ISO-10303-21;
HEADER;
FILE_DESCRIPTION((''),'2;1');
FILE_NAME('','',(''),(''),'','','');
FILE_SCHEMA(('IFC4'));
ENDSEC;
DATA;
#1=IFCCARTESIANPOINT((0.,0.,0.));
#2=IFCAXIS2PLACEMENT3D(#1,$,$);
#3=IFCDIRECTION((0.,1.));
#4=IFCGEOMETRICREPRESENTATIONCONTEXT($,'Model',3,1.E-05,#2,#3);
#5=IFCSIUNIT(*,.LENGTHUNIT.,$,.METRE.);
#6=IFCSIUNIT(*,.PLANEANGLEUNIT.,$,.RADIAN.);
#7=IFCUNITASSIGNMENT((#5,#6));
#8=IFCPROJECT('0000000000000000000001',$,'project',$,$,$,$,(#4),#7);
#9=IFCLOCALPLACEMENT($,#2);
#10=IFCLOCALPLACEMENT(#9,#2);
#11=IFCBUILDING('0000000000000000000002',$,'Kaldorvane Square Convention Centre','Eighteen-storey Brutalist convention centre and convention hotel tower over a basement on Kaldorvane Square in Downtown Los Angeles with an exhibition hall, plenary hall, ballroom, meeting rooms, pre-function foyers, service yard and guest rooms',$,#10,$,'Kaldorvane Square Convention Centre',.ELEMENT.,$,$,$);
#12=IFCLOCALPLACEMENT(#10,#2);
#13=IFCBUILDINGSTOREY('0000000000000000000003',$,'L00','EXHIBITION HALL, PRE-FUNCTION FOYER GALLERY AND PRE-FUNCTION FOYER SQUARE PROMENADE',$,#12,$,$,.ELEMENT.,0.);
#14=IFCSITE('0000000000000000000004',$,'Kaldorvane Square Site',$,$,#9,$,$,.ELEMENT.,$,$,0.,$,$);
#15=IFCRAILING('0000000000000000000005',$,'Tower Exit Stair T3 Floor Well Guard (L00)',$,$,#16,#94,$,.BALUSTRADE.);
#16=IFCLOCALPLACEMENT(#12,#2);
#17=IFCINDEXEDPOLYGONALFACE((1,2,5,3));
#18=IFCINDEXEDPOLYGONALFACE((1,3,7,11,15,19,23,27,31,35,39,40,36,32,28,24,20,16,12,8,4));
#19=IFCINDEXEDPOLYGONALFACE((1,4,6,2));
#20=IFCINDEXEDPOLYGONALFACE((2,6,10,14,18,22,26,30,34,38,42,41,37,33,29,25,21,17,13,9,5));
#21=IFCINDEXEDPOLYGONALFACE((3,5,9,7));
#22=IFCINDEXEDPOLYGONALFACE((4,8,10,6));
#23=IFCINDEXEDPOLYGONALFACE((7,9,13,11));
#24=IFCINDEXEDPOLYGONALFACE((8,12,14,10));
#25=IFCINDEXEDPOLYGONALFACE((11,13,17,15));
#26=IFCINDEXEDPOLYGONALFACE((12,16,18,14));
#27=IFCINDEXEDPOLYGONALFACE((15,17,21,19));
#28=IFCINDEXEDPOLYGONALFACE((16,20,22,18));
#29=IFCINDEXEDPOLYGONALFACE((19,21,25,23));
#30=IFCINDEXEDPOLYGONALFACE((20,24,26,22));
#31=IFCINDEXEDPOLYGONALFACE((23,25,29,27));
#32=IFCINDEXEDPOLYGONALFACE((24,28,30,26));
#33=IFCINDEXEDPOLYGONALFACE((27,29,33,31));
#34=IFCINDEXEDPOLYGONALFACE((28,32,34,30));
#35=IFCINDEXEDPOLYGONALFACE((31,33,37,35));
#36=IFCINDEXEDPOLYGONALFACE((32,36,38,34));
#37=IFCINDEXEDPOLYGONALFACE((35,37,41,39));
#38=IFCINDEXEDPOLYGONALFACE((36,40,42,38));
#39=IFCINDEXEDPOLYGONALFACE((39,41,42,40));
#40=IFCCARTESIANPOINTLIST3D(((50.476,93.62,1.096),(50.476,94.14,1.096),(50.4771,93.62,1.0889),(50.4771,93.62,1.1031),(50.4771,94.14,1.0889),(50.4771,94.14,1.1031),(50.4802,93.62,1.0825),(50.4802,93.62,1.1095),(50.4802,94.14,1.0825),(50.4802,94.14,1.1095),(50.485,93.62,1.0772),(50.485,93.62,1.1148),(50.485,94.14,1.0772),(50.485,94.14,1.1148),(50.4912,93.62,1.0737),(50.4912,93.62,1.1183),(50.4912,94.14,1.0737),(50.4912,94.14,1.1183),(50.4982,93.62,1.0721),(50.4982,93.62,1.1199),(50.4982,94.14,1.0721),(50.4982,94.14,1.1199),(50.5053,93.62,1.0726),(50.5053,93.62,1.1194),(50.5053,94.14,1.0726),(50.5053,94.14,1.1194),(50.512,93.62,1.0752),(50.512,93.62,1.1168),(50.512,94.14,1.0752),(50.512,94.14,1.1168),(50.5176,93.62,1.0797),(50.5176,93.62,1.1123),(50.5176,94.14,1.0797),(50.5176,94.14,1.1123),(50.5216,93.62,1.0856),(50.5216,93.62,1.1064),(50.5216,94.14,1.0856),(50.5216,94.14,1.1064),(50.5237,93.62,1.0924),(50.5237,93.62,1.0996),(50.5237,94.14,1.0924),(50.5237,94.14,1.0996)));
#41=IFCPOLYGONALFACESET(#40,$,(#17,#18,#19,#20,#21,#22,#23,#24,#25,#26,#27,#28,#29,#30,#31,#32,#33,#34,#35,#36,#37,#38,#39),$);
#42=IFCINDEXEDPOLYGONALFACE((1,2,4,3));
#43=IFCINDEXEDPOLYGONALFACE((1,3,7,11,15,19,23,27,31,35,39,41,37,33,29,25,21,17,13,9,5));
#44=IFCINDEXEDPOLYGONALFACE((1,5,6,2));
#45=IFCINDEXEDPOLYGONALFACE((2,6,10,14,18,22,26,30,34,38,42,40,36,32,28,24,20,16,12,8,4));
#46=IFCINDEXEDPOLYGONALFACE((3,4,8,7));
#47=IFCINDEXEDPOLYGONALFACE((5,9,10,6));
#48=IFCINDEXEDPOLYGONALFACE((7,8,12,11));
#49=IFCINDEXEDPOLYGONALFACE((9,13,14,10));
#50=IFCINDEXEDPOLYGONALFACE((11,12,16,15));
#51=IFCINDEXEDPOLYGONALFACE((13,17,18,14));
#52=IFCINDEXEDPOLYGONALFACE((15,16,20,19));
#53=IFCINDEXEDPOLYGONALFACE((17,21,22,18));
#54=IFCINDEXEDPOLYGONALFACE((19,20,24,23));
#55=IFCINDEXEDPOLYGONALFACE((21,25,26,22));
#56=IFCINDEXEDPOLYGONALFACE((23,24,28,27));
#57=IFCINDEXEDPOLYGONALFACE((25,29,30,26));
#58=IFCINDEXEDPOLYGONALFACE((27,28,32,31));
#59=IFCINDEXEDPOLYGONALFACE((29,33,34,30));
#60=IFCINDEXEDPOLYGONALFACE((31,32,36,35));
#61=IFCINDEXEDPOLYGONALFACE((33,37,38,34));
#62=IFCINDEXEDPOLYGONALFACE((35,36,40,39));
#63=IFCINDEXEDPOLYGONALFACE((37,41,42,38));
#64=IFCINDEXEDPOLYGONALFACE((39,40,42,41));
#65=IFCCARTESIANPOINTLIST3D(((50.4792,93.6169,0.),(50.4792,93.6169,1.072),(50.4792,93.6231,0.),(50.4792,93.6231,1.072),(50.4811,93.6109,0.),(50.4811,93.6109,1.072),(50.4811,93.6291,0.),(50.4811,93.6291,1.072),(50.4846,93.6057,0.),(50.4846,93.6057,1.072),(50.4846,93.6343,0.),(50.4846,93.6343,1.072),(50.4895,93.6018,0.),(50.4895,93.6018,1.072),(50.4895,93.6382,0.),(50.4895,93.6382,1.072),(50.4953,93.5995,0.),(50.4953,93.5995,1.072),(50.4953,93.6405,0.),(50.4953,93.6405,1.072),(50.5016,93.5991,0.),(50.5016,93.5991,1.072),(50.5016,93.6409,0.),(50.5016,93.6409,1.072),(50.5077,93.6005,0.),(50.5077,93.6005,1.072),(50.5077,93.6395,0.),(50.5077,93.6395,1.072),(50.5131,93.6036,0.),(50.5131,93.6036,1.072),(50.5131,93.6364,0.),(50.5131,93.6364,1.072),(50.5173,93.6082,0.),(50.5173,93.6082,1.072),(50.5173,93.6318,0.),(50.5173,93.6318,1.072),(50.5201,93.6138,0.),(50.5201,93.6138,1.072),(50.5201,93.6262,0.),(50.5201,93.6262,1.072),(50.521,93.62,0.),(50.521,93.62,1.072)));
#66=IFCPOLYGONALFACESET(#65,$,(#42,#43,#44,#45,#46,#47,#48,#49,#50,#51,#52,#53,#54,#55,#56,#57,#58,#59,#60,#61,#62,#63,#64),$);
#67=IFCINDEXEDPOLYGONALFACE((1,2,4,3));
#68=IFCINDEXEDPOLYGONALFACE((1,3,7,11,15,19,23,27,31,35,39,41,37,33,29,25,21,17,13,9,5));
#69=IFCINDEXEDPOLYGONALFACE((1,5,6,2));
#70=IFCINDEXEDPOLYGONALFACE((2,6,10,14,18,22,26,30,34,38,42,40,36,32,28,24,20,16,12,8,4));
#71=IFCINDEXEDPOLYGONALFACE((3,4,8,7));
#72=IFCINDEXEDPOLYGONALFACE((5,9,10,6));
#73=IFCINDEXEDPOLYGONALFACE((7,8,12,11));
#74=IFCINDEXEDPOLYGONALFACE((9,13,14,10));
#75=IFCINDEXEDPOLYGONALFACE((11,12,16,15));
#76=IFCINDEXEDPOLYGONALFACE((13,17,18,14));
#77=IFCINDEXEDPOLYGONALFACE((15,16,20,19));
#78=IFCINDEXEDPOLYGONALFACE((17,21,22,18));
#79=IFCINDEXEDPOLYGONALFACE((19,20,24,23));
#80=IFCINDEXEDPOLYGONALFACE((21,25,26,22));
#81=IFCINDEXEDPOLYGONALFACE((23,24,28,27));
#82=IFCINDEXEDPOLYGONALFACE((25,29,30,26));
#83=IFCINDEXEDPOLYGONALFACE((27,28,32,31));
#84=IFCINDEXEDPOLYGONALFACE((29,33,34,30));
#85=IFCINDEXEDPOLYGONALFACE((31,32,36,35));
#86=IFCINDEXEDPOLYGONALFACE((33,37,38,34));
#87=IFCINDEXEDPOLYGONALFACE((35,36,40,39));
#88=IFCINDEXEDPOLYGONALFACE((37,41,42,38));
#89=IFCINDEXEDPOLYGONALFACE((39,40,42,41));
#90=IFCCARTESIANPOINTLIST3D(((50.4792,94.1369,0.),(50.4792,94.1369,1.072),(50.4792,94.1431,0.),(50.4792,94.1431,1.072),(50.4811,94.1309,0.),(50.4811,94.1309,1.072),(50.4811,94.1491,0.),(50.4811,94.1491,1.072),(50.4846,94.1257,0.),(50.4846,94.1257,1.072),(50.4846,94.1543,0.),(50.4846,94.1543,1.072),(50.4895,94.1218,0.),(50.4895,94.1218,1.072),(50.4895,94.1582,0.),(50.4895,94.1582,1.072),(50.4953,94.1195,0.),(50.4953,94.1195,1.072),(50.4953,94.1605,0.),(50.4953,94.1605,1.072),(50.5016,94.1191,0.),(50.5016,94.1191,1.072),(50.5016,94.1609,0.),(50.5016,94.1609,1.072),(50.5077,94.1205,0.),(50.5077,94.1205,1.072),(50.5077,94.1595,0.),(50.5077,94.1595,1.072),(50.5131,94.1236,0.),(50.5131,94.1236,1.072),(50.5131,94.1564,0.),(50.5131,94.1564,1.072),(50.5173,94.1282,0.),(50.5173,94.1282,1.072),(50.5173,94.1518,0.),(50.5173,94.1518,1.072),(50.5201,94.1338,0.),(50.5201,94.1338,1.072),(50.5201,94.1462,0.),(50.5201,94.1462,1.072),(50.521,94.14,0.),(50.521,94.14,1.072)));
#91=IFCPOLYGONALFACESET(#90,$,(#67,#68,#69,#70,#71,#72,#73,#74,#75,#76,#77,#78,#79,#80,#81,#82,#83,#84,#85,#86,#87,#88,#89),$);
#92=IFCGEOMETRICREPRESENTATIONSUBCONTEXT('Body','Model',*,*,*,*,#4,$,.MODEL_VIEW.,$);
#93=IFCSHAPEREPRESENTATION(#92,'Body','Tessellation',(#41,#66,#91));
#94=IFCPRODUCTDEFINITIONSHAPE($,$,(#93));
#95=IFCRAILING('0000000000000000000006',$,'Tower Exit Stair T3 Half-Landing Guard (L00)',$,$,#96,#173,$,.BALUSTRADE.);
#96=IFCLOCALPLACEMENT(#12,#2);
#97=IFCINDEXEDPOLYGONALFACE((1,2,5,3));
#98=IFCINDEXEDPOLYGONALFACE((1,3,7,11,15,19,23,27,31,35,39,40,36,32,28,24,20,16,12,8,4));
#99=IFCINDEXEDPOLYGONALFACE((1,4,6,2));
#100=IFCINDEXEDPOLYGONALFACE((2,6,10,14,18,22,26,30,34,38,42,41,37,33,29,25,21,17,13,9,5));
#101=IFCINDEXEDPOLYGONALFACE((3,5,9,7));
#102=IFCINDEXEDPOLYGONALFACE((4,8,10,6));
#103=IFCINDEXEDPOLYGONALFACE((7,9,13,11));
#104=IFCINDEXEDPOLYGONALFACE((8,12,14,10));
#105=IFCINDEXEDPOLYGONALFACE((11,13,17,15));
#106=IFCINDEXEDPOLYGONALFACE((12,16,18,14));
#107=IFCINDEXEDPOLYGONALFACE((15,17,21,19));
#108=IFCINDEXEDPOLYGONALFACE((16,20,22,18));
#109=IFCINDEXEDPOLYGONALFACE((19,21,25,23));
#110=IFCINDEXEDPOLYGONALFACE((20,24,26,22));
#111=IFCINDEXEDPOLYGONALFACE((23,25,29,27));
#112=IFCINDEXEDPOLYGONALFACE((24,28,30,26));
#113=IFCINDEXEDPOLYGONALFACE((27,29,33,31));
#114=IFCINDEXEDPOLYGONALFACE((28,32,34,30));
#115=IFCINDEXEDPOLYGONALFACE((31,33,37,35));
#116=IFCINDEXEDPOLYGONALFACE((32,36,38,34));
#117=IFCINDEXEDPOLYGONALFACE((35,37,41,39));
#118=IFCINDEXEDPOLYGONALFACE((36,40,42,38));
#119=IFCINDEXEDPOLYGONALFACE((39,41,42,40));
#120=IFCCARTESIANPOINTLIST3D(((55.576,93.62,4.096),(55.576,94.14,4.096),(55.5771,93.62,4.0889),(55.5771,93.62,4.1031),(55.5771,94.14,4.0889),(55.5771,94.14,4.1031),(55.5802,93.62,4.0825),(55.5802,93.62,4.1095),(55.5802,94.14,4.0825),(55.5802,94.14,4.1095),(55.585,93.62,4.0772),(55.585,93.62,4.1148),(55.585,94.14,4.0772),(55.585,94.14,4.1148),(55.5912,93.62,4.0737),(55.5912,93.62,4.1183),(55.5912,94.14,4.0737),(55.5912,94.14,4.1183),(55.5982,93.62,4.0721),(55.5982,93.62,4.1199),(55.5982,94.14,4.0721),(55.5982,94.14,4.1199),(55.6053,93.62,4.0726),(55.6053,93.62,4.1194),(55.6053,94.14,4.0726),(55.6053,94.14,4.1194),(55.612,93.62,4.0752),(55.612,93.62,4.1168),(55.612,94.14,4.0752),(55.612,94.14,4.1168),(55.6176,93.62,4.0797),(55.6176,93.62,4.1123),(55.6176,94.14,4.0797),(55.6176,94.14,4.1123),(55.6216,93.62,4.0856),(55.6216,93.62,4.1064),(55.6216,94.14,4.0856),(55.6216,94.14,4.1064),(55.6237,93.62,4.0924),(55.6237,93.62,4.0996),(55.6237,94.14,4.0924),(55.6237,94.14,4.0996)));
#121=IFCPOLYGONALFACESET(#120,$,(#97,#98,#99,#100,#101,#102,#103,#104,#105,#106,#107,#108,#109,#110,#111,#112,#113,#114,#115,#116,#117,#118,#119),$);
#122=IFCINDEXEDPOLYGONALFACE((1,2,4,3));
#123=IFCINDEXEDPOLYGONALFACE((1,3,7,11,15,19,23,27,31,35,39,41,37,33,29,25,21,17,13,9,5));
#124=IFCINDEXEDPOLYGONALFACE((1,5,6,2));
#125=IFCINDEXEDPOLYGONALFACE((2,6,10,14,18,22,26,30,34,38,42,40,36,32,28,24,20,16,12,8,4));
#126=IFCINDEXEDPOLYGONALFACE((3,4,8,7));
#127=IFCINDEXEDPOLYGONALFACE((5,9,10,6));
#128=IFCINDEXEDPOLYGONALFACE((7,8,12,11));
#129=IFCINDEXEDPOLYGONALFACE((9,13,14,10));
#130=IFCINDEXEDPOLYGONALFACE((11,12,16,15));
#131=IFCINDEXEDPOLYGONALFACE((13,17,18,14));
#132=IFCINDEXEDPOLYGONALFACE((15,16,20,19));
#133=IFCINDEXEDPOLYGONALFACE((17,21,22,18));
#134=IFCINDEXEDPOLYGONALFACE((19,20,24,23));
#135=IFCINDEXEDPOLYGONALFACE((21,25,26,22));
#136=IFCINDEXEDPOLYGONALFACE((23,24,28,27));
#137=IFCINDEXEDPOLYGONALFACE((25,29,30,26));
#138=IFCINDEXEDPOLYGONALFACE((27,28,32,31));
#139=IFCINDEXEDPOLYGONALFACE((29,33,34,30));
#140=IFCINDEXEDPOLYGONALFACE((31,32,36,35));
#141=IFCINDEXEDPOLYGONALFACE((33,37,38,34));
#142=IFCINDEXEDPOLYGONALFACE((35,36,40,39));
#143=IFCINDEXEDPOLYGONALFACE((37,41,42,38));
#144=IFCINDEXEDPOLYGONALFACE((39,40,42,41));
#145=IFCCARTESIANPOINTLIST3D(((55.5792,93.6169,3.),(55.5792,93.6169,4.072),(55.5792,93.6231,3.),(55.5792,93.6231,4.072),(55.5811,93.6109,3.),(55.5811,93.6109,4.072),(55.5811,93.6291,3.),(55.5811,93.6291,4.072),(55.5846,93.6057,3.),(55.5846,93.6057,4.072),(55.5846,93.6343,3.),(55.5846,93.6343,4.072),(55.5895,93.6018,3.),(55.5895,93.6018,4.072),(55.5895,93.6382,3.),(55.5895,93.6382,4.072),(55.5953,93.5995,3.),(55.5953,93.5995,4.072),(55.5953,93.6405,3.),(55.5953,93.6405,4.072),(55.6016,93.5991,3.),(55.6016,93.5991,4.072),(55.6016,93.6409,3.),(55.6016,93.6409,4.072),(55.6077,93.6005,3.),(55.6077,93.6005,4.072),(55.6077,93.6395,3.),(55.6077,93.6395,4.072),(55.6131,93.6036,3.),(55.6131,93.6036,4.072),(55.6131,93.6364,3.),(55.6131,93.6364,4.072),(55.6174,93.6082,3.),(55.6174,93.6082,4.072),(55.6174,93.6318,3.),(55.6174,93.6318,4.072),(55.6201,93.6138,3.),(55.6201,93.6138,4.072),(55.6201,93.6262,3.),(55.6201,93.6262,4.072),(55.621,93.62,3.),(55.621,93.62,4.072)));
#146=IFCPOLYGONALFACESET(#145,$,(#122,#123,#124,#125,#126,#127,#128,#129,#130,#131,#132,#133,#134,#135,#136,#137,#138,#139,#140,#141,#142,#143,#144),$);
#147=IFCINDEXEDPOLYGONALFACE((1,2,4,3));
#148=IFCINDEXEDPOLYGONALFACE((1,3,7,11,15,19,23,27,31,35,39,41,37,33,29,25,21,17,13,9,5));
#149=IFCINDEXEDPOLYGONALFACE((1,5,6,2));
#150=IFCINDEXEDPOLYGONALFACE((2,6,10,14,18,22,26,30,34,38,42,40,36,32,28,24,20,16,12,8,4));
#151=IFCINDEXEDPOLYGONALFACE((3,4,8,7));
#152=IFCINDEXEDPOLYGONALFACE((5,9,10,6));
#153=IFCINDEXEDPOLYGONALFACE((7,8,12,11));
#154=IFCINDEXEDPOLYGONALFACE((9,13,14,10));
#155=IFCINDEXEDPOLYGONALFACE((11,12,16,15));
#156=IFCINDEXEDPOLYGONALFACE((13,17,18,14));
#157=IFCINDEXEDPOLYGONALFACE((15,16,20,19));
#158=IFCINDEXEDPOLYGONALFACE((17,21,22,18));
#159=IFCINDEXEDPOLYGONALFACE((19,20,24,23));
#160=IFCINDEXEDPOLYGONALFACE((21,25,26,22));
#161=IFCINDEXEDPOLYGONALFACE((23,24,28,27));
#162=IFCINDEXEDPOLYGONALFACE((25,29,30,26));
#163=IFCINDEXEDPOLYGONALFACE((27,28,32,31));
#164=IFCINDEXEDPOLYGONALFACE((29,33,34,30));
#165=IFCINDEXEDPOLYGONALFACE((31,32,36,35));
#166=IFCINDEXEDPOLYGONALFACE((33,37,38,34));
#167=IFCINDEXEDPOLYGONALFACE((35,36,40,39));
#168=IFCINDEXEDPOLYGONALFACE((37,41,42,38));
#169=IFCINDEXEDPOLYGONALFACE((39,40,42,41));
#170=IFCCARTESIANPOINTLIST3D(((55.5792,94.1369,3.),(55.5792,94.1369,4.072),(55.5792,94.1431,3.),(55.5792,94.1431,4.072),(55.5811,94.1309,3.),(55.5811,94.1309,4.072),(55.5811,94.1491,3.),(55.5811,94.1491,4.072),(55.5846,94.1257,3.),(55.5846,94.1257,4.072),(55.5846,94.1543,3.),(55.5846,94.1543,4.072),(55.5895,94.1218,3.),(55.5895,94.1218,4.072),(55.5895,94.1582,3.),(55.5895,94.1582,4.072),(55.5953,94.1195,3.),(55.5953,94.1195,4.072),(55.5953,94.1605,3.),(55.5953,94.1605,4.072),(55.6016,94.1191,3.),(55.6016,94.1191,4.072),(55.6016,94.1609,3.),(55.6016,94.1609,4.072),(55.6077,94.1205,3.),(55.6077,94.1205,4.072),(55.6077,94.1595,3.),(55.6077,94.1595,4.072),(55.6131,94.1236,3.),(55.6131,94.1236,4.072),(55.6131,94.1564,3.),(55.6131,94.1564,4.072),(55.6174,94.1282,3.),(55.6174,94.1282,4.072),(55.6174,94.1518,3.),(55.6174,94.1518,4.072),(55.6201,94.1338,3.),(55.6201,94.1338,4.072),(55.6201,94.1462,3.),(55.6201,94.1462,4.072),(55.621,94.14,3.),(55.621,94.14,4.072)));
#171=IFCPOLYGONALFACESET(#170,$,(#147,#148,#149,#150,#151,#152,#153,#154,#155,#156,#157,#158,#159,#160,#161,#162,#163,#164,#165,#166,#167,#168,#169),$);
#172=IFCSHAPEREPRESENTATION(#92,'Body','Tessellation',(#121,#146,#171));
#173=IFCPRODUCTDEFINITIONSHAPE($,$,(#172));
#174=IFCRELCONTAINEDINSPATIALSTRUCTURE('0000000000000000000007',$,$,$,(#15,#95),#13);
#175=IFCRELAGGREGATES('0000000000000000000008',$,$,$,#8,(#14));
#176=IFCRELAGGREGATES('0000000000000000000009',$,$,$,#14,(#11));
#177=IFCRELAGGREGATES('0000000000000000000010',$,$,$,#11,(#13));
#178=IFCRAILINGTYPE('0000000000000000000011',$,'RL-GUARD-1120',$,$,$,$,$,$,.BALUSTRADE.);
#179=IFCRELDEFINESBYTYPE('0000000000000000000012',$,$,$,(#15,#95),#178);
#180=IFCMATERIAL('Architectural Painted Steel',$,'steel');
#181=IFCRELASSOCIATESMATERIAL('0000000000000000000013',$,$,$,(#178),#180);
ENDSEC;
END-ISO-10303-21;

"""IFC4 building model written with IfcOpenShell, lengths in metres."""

from ifc_helpers import new_model, si_unit, direction, frame, origin, origin_2d, place, context, subcontext, project, spatial, circle, extrude, material, type_object, element, save


model = new_model("IFC4")

# Units and contexts
model_context = context("Model", 3, precision=1e-05, world=origin(), true_north=direction((0.0, 1.0)))
body_context = subcontext(model_context, "Body", "Model", "MODEL_VIEW")
ifc_project = project(units=[si_unit("LENGTHUNIT", "METRE"), si_unit("PLANEANGLEUNIT", "RADIAN")], contexts=[model_context])

# Site, building, storey
site_placement = place(None, origin())
site = spatial("IfcSite", under=ifc_project, at=site_placement, Name="Kaldorvane Square Site", CompositionType="ELEMENT", RefElevation=0.0)
building_placement = place(site_placement, origin())
building = spatial("IfcBuilding", under=site, at=building_placement, Name="Kaldorvane Square Convention Centre", Description="Eighteen-storey Brutalist convention centre and convention hotel tower over a basement on Kaldorvane Square in Downtown Los Angeles with an exhibition hall, plenary hall, ballroom, meeting rooms, pre-function foyers, service yard and guest rooms", LongName="Kaldorvane Square Convention Centre", CompositionType="ELEMENT")
storey_placement = place(building_placement, origin())
storey = spatial("IfcBuildingStorey", under=building, at=storey_placement, Name="L00", Description="EXHIBITION HALL, PRE-FUNCTION FOYER GALLERY AND PRE-FUNCTION FOYER SQUARE PROMENADE", CompositionType="ELEMENT", Elevation=0.0)

# Railings
ifc_material_1 = material(Name="Architectural Painted Steel", Category="steel")
railing_type_1 = type_object("IfcRailingType", Name="RL-GUARD-1120", PredefinedType="BALUSTRADE", material=ifc_material_1)
for number, where, name in (
    (1, (50.5, 93.62, 0.0), "Tower Exit Stair T3 Floor Well Guard (L00)"),
    (2, (55.6, 93.62, 3.0), "Tower Exit Stair T3 Half-Landing Guard (L00)"),
):
    element("IfcRailing", number, at=place(storey_placement, frame(where)), inside=storey, type_object=railing_type_1, Name=name, PredefinedType="BALUSTRADE", context=body_context, shape_type="SweptSolid", body=[
        extrude(circle(Radius=0.024, at=origin_2d()), frame((0.0, 0.0, 1.096), z_axis=(0.0, 1.0, 0.0), x_axis=(-1.0, 0.0, 0.0)), (0.0, 0.0, 1.0), 0.52),
        extrude(circle(Radius=0.021, at=origin_2d()), origin(), (0.0, 0.0, 1.0), 1.072),
        extrude(circle(Radius=0.021, at=origin_2d()), frame((0.0, 0.52, 0.0)), (0.0, 0.0, 1.0), 1.072),
    ])

save(model, "model.ifc")
